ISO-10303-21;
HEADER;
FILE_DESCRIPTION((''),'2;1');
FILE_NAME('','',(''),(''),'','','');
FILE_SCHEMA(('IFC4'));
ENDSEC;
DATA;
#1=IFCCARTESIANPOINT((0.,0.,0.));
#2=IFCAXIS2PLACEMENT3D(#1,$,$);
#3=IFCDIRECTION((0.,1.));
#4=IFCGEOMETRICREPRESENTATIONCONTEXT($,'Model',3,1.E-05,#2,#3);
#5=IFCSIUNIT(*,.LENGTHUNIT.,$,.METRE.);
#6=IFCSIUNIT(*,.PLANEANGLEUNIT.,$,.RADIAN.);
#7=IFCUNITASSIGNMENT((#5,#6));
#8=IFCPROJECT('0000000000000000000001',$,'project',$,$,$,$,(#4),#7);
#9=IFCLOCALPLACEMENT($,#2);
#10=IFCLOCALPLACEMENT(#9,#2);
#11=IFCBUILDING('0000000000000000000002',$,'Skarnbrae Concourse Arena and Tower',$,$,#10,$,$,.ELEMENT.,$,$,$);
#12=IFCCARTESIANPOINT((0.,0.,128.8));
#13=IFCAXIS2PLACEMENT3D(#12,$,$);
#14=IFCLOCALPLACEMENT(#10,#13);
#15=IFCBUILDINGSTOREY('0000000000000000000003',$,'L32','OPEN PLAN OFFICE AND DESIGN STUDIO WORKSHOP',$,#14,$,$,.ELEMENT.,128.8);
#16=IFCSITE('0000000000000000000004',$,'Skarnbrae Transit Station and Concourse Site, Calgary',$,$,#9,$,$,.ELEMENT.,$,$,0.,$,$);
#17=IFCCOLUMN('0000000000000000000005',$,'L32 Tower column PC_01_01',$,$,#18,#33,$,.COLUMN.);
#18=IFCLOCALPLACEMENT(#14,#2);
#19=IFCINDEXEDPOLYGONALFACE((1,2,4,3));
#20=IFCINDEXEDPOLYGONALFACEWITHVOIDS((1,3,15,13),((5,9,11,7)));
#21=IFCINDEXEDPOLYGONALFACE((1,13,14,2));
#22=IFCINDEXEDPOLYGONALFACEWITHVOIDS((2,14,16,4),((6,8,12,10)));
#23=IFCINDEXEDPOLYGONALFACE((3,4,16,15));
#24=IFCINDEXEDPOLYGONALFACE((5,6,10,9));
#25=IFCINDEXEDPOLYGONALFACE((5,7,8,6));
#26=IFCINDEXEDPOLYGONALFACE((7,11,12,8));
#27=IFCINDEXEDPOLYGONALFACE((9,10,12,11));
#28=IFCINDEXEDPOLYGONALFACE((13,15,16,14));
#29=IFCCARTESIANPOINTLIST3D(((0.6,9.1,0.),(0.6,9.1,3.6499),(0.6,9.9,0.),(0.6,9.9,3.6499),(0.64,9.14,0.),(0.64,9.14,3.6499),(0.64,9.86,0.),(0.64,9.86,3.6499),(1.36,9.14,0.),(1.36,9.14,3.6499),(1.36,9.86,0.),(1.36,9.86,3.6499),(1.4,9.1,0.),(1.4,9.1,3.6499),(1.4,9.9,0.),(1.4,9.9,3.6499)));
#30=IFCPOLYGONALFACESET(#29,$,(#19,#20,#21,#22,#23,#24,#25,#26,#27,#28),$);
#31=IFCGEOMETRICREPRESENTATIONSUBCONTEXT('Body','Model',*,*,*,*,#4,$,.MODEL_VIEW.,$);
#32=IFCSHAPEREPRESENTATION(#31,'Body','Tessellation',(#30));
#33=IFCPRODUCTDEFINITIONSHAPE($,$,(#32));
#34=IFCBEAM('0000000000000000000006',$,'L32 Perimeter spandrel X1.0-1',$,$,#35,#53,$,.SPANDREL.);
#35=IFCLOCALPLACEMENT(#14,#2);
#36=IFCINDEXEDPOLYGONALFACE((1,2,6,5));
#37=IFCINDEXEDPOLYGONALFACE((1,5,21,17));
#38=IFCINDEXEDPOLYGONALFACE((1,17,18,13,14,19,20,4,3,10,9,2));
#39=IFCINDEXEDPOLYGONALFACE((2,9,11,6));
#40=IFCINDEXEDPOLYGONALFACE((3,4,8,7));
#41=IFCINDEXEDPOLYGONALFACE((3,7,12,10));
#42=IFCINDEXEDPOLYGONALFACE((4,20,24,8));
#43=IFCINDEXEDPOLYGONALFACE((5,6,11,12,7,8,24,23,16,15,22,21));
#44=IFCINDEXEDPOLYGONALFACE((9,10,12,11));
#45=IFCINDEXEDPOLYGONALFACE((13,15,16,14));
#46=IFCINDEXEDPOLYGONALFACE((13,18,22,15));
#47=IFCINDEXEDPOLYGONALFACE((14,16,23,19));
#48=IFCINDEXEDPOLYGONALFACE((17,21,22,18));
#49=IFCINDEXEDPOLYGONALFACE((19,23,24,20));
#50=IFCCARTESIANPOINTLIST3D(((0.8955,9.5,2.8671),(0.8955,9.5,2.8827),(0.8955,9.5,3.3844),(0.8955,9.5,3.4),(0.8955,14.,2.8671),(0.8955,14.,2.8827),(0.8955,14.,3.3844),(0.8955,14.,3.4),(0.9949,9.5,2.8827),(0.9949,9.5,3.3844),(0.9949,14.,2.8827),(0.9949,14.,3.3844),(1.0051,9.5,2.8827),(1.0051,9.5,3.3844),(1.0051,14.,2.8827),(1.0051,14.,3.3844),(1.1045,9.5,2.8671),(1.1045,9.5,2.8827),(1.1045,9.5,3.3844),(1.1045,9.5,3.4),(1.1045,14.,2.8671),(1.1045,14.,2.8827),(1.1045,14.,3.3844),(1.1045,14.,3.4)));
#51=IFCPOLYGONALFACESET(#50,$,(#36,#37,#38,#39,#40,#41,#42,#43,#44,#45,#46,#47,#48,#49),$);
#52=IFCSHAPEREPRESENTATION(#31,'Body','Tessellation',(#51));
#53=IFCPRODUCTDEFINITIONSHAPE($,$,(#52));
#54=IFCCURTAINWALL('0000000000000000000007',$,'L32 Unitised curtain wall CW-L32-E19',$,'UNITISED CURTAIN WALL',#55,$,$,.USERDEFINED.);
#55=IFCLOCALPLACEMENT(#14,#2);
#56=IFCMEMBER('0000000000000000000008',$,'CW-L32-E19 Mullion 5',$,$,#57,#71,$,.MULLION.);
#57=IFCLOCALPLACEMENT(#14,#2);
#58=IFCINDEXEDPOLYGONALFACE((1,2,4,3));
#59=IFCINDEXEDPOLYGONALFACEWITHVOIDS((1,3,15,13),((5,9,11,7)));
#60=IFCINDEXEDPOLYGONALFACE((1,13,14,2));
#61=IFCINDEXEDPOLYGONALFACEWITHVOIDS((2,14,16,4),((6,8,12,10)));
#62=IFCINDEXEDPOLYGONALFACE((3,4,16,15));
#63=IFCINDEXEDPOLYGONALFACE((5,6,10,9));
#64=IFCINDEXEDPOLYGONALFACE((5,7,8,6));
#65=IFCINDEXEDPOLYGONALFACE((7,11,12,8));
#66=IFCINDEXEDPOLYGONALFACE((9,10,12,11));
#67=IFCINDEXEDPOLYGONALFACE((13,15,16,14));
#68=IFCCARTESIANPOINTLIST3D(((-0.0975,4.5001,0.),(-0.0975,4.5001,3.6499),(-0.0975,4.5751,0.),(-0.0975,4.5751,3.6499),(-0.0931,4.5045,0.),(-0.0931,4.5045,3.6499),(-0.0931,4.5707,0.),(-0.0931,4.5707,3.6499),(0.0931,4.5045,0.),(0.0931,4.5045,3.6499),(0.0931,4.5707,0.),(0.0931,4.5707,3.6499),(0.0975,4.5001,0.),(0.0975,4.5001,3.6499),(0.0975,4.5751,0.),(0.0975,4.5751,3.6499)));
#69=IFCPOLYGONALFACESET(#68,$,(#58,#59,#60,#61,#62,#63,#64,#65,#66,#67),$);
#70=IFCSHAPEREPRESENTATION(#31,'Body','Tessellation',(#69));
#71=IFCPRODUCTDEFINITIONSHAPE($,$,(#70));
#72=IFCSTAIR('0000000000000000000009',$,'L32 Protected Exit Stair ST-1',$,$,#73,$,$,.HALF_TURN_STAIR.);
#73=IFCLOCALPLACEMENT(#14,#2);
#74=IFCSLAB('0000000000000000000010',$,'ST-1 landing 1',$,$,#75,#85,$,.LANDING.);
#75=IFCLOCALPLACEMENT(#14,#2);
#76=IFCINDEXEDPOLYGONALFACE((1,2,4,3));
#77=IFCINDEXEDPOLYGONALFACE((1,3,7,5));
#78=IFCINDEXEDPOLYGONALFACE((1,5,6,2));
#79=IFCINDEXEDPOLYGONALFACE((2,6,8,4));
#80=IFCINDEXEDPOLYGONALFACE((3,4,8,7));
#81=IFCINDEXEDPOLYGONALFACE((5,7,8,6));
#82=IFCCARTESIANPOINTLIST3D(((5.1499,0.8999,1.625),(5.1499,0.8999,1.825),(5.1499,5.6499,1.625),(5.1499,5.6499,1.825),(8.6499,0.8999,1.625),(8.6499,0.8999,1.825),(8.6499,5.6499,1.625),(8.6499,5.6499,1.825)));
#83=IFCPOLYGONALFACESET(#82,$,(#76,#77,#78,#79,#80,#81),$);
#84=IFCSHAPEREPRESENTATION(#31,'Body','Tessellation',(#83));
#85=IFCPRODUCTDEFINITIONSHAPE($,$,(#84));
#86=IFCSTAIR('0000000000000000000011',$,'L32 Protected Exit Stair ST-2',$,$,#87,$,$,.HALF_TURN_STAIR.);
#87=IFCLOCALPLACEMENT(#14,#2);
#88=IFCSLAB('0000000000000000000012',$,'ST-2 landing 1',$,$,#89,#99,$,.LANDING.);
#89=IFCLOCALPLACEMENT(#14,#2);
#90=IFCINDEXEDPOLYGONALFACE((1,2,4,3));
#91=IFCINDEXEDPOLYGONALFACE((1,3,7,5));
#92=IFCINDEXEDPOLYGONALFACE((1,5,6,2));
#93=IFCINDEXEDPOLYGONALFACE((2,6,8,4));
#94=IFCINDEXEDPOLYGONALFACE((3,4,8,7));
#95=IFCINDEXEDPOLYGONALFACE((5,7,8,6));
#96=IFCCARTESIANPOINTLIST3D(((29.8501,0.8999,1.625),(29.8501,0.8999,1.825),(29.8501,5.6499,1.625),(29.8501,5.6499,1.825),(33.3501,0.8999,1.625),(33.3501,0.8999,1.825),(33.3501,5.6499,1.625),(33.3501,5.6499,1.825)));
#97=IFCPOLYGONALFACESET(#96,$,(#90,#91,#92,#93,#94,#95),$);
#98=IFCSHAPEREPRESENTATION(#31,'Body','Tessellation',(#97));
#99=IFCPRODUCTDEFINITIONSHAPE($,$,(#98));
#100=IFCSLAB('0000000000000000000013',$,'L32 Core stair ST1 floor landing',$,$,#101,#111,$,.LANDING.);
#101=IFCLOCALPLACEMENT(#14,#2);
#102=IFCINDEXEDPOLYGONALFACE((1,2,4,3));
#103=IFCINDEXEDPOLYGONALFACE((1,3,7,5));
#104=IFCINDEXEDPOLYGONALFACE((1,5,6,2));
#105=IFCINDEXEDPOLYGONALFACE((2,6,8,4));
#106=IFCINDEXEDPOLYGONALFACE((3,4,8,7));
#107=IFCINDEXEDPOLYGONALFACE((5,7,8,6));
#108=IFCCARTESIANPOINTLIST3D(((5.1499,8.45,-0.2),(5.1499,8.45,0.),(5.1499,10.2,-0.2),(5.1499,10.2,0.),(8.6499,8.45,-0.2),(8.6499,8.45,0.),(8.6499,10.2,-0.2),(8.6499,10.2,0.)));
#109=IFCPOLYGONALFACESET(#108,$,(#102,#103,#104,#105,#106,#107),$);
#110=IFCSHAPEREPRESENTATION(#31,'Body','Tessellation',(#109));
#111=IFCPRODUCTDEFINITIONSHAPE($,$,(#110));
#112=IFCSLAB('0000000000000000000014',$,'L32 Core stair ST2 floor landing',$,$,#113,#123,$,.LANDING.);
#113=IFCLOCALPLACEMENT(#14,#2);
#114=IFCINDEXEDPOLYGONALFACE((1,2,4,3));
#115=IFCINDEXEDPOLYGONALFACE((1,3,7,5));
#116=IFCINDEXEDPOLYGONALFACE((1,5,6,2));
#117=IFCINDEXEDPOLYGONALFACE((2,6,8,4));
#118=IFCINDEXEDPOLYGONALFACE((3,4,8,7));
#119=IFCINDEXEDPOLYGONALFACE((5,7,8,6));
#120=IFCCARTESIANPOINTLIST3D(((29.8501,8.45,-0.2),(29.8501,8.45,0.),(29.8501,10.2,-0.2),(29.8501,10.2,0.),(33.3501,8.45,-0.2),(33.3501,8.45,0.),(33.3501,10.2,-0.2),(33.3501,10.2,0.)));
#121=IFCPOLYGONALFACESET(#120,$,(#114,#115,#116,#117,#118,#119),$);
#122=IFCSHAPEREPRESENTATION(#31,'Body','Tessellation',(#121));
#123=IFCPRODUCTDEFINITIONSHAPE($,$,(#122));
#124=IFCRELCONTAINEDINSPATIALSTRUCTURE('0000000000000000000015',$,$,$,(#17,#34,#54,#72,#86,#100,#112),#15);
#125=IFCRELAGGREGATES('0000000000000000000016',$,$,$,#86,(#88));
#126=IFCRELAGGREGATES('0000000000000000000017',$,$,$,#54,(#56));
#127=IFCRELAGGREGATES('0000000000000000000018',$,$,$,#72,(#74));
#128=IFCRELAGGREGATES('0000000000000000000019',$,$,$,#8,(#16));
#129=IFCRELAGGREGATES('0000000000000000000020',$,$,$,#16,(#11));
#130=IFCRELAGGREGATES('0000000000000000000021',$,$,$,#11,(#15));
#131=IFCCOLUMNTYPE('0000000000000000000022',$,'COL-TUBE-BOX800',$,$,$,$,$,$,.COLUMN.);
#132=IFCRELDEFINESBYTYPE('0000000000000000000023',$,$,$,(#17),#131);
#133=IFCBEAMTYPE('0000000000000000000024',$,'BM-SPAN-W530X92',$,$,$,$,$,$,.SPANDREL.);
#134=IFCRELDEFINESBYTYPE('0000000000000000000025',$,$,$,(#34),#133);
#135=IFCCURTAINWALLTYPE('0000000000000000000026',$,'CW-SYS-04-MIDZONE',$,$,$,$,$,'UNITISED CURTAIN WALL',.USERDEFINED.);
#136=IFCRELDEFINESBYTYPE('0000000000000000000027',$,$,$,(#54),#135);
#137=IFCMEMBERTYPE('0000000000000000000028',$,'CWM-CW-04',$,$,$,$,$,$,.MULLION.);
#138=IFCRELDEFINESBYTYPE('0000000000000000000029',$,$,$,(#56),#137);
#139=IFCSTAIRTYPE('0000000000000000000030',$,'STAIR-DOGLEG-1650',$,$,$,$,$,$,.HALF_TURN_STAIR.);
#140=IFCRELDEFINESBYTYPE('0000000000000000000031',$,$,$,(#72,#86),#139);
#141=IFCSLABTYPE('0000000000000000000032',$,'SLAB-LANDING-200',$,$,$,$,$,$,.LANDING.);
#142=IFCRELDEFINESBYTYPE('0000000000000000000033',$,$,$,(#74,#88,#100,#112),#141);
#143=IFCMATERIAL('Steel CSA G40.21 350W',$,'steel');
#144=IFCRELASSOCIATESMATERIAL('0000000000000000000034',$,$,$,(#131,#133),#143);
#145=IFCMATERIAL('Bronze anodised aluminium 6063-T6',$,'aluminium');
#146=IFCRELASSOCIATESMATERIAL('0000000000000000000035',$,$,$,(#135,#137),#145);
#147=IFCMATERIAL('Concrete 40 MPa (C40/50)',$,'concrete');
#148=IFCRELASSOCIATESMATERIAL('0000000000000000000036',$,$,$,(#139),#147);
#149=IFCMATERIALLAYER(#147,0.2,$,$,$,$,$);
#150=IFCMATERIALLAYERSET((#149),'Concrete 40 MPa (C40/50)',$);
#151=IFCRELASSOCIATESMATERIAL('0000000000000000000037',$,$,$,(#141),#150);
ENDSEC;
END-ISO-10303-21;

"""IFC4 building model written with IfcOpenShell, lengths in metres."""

from ifc_helpers import new_model, si_unit, direction, frame, origin, origin_2d, place, context, subcontext, project, spatial, polyline, hollow_rectangle, i_section, outline, extrude, source, transform, mapped, material, layer, layer_set, material_profile, profile_set, type_object, element, aggregate, save


model = new_model("IFC4")

# Units and contexts
model_context = context("Model", 3, precision=1e-05, world=origin(), true_north=direction((0.0, 1.0)))
body_context = subcontext(model_context, "Body", "Model", "MODEL_VIEW")
ifc_project = project(units=[si_unit("LENGTHUNIT", "METRE"), si_unit("PLANEANGLEUNIT", "RADIAN")], contexts=[model_context])

# Site, building, storey
site_placement = place(None, origin())
site = spatial("IfcSite", under=ifc_project, at=site_placement, Name="Skarnbrae Transit Station and Concourse Site, Calgary", CompositionType="ELEMENT", RefElevation=0.0)
building_placement = place(site_placement, origin())
building = spatial("IfcBuilding", under=site, at=building_placement, Name="Skarnbrae Concourse Arena and Tower", CompositionType="ELEMENT")
storey_placement = place(building_placement, frame((0.0, 0.0, 128.8)))
storey = spatial("IfcBuildingStorey", under=building, at=storey_placement, Name="L32", Description="OPEN PLAN OFFICE AND DESIGN STUDIO WORKSHOP", CompositionType="ELEMENT", Elevation=128.8)

# Column
ifc_material_1 = material(Name="Steel CSA G40.21 350W", Category="steel")
ifc_material_profile_1 = material_profile(ifc_material_1, hollow_rectangle(XDim=0.8, YDim=0.8, WallThickness=0.04, at=origin_2d()), Name="BOX800X800X40")
ifc_profile_set_1 = profile_set([ifc_material_profile_1], Name="Steel CSA G40.21 350W")
column_type = type_object("IfcColumnType", Name="COL-TUBE-BOX800", PredefinedType="COLUMN", material=ifc_profile_set_1)
shared_shape_1 = source(origin(), body_context, "Body", "SweptSolid", [
    extrude(hollow_rectangle(XDim=0.8, YDim=0.8, WallThickness=0.04, at=origin_2d()), origin(), (0.0, 0.0, 1.0), 3.6499),
])
column_placement = place(storey_placement, frame((1.0, 9.5, 0.0), z_axis=(0.0, 0.0, 1.0), x_axis=(1.0, 0.0, 0.0)))
element("IfcColumn", 1, at=column_placement, inside=storey, type_object=column_type, Name="L32 Tower column PC_01_01", PredefinedType="COLUMN", context=body_context, shape_type="MappedRepresentation", body=[
    mapped(shared_shape_1, transform((0.0, 0.0, 0.0))),
])

# Beam
ifc_material_profile_2 = material_profile(ifc_material_1, i_section(OverallWidth=0.209, OverallDepth=0.533, WebThickness=0.0103, FlangeThickness=0.0156, at=origin_2d()), Name="W530X92")
ifc_profile_set_2 = profile_set([ifc_material_profile_2], Name="Steel CSA G40.21 350W")
beam_type = type_object("IfcBeamType", Name="BM-SPAN-W530X92", PredefinedType="SPANDREL", material=ifc_profile_set_2)
shared_shape_2 = source(origin(), body_context, "Body", "SweptSolid", [
    extrude(i_section(OverallWidth=0.209, OverallDepth=0.533, WebThickness=0.0103, FlangeThickness=0.0156, at=origin_2d()), origin(), (0.0, 0.0, 1.0), 4.5),
])
beam_placement = place(storey_placement, frame((1.0, 9.5, 3.1335), z_axis=(0.0, 1.0, 0.0), x_axis=(-1.0, 0.0, 0.0)))
element("IfcBeam", 2, at=beam_placement, inside=storey, type_object=beam_type, Name="L32 Perimeter spandrel X1.0-1", PredefinedType="SPANDREL", context=body_context, shape_type="MappedRepresentation", body=[
    mapped(shared_shape_2, transform((0.0, 0.0, 0.0))),
])

# Curtain wall, member
ifc_material_2 = material(Name="Bronze anodised aluminium 6063-T6", Category="aluminium")
curtain_wall_type = type_object("IfcCurtainWallType", Name="CW-SYS-04-MIDZONE", ElementType="UNITISED CURTAIN WALL", PredefinedType="USERDEFINED", material=ifc_material_2)
curtain_wall_placement = place(storey_placement, origin())
curtain_wall = element("IfcCurtainWall", 3, at=curtain_wall_placement, inside=storey, type_object=curtain_wall_type, Name="L32 Unitised curtain wall CW-L32-E19", ObjectType="UNITISED CURTAIN WALL", PredefinedType="USERDEFINED")
ifc_material_profile_3 = material_profile(ifc_material_2, hollow_rectangle(XDim=0.075, YDim=0.1951, WallThickness=0.0044, at=origin_2d()), Name="ALU-MULL-75X195")
ifc_profile_set_3 = profile_set([ifc_material_profile_3], Name="Bronze anodised aluminium 6063-T6")
member_type = type_object("IfcMemberType", Name="CWM-CW-04", PredefinedType="MULLION", material=ifc_profile_set_3)
shared_shape_3 = source(origin(), body_context, "Body", "SweptSolid", [
    extrude(hollow_rectangle(XDim=0.075, YDim=0.1951, WallThickness=0.0044, at=origin_2d()), origin(), (0.0, 0.0, 1.0), 3.6499),
])
member_placement = place(storey_placement, frame((0.0, 4.5376, 0.0), z_axis=(0.0, 0.0, 1.0), x_axis=(0.0, -1.0, 0.0)))
member = element("IfcMember", 4, at=member_placement, type_object=member_type, Name="CW-L32-E19 Mullion 5", PredefinedType="MULLION", context=body_context, shape_type="MappedRepresentation", body=[
    mapped(shared_shape_3, transform((0.0, 0.0, 0.0))),
])

# Stairs, slabs
ifc_material_3 = material(Name="Concrete 40 MPa (C40/50)", Category="concrete")
stair_type = type_object("IfcStairType", Name="STAIR-DOGLEG-1650", PredefinedType="HALF_TURN_STAIR", material=ifc_material_3)
stair_1_placement = place(storey_placement, origin())
stair_1 = element("IfcStair", 5, at=stair_1_placement, inside=storey, type_object=stair_type, Name="L32 Protected Exit Stair ST-1", PredefinedType="HALF_TURN_STAIR")
ifc_layer_1 = layer(ifc_material_3, 0.2)
ifc_layer_set_1 = layer_set([ifc_layer_1], Name="Concrete 40 MPa (C40/50)")
slab_type_1 = type_object("IfcSlabType", Name="SLAB-LANDING-200", PredefinedType="LANDING", material=ifc_layer_set_1)
slab_1_placement = place(storey_placement, frame((0.0, 0.0, 1.625)))
slab_1 = element("IfcSlab", 6, at=slab_1_placement, type_object=slab_type_1, Name="ST-1 landing 1", PredefinedType="LANDING", context=body_context, shape_type="SweptSolid", body=[
    extrude(outline(polyline([(5.1499, 5.6499), (5.1499, 0.8999), (8.6499, 0.8999), (8.6499, 5.6499), (5.1499, 5.6499)])), origin(), (0.0, 0.0, 1.0), 0.2),
])
stair_2_placement = place(storey_placement, origin())
stair_2 = element("IfcStair", 7, at=stair_2_placement, inside=storey, type_object=stair_type, Name="L32 Protected Exit Stair ST-2", PredefinedType="HALF_TURN_STAIR")
slab_2_placement = place(storey_placement, frame((0.0, 0.0, 1.625)))
slab_2 = element("IfcSlab", 8, at=slab_2_placement, type_object=slab_type_1, Name="ST-2 landing 1", PredefinedType="LANDING", context=body_context, shape_type="SweptSolid", body=[
    extrude(outline(polyline([(29.8501, 5.6499), (29.8501, 0.8999), (33.3501, 0.8999), (33.3501, 5.6499), (29.8501, 5.6499)])), origin(), (0.0, 0.0, 1.0), 0.2),
])
aggregate(stair_2, [slab_2])

# Slabs
slab_3_placement = place(storey_placement, frame((0.0, 0.0, -0.2)))
element("IfcSlab", 9, at=slab_3_placement, inside=storey, type_object=slab_type_1, Name="L32 Core stair ST1 floor landing", PredefinedType="LANDING", context=body_context, shape_type="SweptSolid", body=[
    extrude(outline(polyline([(5.1499, 10.2), (5.1499, 8.45), (8.6499, 8.45), (8.6499, 10.2), (5.1499, 10.2)])), origin(), (0.0, 0.0, 1.0), 0.2),
])
slab_4_placement = place(storey_placement, frame((0.0, 0.0, -0.2)))
element("IfcSlab", 10, at=slab_4_placement, inside=storey, type_object=slab_type_1, Name="L32 Core stair ST2 floor landing", PredefinedType="LANDING", context=body_context, shape_type="SweptSolid", body=[
    extrude(outline(polyline([(29.8501, 10.2), (29.8501, 8.45), (33.3501, 8.45), (33.3501, 10.2), (29.8501, 10.2)])), origin(), (0.0, 0.0, 1.0), 0.2),
])

aggregate(curtain_wall, [member])

aggregate(stair_1, [slab_1])

save(model, "model.ifc")
